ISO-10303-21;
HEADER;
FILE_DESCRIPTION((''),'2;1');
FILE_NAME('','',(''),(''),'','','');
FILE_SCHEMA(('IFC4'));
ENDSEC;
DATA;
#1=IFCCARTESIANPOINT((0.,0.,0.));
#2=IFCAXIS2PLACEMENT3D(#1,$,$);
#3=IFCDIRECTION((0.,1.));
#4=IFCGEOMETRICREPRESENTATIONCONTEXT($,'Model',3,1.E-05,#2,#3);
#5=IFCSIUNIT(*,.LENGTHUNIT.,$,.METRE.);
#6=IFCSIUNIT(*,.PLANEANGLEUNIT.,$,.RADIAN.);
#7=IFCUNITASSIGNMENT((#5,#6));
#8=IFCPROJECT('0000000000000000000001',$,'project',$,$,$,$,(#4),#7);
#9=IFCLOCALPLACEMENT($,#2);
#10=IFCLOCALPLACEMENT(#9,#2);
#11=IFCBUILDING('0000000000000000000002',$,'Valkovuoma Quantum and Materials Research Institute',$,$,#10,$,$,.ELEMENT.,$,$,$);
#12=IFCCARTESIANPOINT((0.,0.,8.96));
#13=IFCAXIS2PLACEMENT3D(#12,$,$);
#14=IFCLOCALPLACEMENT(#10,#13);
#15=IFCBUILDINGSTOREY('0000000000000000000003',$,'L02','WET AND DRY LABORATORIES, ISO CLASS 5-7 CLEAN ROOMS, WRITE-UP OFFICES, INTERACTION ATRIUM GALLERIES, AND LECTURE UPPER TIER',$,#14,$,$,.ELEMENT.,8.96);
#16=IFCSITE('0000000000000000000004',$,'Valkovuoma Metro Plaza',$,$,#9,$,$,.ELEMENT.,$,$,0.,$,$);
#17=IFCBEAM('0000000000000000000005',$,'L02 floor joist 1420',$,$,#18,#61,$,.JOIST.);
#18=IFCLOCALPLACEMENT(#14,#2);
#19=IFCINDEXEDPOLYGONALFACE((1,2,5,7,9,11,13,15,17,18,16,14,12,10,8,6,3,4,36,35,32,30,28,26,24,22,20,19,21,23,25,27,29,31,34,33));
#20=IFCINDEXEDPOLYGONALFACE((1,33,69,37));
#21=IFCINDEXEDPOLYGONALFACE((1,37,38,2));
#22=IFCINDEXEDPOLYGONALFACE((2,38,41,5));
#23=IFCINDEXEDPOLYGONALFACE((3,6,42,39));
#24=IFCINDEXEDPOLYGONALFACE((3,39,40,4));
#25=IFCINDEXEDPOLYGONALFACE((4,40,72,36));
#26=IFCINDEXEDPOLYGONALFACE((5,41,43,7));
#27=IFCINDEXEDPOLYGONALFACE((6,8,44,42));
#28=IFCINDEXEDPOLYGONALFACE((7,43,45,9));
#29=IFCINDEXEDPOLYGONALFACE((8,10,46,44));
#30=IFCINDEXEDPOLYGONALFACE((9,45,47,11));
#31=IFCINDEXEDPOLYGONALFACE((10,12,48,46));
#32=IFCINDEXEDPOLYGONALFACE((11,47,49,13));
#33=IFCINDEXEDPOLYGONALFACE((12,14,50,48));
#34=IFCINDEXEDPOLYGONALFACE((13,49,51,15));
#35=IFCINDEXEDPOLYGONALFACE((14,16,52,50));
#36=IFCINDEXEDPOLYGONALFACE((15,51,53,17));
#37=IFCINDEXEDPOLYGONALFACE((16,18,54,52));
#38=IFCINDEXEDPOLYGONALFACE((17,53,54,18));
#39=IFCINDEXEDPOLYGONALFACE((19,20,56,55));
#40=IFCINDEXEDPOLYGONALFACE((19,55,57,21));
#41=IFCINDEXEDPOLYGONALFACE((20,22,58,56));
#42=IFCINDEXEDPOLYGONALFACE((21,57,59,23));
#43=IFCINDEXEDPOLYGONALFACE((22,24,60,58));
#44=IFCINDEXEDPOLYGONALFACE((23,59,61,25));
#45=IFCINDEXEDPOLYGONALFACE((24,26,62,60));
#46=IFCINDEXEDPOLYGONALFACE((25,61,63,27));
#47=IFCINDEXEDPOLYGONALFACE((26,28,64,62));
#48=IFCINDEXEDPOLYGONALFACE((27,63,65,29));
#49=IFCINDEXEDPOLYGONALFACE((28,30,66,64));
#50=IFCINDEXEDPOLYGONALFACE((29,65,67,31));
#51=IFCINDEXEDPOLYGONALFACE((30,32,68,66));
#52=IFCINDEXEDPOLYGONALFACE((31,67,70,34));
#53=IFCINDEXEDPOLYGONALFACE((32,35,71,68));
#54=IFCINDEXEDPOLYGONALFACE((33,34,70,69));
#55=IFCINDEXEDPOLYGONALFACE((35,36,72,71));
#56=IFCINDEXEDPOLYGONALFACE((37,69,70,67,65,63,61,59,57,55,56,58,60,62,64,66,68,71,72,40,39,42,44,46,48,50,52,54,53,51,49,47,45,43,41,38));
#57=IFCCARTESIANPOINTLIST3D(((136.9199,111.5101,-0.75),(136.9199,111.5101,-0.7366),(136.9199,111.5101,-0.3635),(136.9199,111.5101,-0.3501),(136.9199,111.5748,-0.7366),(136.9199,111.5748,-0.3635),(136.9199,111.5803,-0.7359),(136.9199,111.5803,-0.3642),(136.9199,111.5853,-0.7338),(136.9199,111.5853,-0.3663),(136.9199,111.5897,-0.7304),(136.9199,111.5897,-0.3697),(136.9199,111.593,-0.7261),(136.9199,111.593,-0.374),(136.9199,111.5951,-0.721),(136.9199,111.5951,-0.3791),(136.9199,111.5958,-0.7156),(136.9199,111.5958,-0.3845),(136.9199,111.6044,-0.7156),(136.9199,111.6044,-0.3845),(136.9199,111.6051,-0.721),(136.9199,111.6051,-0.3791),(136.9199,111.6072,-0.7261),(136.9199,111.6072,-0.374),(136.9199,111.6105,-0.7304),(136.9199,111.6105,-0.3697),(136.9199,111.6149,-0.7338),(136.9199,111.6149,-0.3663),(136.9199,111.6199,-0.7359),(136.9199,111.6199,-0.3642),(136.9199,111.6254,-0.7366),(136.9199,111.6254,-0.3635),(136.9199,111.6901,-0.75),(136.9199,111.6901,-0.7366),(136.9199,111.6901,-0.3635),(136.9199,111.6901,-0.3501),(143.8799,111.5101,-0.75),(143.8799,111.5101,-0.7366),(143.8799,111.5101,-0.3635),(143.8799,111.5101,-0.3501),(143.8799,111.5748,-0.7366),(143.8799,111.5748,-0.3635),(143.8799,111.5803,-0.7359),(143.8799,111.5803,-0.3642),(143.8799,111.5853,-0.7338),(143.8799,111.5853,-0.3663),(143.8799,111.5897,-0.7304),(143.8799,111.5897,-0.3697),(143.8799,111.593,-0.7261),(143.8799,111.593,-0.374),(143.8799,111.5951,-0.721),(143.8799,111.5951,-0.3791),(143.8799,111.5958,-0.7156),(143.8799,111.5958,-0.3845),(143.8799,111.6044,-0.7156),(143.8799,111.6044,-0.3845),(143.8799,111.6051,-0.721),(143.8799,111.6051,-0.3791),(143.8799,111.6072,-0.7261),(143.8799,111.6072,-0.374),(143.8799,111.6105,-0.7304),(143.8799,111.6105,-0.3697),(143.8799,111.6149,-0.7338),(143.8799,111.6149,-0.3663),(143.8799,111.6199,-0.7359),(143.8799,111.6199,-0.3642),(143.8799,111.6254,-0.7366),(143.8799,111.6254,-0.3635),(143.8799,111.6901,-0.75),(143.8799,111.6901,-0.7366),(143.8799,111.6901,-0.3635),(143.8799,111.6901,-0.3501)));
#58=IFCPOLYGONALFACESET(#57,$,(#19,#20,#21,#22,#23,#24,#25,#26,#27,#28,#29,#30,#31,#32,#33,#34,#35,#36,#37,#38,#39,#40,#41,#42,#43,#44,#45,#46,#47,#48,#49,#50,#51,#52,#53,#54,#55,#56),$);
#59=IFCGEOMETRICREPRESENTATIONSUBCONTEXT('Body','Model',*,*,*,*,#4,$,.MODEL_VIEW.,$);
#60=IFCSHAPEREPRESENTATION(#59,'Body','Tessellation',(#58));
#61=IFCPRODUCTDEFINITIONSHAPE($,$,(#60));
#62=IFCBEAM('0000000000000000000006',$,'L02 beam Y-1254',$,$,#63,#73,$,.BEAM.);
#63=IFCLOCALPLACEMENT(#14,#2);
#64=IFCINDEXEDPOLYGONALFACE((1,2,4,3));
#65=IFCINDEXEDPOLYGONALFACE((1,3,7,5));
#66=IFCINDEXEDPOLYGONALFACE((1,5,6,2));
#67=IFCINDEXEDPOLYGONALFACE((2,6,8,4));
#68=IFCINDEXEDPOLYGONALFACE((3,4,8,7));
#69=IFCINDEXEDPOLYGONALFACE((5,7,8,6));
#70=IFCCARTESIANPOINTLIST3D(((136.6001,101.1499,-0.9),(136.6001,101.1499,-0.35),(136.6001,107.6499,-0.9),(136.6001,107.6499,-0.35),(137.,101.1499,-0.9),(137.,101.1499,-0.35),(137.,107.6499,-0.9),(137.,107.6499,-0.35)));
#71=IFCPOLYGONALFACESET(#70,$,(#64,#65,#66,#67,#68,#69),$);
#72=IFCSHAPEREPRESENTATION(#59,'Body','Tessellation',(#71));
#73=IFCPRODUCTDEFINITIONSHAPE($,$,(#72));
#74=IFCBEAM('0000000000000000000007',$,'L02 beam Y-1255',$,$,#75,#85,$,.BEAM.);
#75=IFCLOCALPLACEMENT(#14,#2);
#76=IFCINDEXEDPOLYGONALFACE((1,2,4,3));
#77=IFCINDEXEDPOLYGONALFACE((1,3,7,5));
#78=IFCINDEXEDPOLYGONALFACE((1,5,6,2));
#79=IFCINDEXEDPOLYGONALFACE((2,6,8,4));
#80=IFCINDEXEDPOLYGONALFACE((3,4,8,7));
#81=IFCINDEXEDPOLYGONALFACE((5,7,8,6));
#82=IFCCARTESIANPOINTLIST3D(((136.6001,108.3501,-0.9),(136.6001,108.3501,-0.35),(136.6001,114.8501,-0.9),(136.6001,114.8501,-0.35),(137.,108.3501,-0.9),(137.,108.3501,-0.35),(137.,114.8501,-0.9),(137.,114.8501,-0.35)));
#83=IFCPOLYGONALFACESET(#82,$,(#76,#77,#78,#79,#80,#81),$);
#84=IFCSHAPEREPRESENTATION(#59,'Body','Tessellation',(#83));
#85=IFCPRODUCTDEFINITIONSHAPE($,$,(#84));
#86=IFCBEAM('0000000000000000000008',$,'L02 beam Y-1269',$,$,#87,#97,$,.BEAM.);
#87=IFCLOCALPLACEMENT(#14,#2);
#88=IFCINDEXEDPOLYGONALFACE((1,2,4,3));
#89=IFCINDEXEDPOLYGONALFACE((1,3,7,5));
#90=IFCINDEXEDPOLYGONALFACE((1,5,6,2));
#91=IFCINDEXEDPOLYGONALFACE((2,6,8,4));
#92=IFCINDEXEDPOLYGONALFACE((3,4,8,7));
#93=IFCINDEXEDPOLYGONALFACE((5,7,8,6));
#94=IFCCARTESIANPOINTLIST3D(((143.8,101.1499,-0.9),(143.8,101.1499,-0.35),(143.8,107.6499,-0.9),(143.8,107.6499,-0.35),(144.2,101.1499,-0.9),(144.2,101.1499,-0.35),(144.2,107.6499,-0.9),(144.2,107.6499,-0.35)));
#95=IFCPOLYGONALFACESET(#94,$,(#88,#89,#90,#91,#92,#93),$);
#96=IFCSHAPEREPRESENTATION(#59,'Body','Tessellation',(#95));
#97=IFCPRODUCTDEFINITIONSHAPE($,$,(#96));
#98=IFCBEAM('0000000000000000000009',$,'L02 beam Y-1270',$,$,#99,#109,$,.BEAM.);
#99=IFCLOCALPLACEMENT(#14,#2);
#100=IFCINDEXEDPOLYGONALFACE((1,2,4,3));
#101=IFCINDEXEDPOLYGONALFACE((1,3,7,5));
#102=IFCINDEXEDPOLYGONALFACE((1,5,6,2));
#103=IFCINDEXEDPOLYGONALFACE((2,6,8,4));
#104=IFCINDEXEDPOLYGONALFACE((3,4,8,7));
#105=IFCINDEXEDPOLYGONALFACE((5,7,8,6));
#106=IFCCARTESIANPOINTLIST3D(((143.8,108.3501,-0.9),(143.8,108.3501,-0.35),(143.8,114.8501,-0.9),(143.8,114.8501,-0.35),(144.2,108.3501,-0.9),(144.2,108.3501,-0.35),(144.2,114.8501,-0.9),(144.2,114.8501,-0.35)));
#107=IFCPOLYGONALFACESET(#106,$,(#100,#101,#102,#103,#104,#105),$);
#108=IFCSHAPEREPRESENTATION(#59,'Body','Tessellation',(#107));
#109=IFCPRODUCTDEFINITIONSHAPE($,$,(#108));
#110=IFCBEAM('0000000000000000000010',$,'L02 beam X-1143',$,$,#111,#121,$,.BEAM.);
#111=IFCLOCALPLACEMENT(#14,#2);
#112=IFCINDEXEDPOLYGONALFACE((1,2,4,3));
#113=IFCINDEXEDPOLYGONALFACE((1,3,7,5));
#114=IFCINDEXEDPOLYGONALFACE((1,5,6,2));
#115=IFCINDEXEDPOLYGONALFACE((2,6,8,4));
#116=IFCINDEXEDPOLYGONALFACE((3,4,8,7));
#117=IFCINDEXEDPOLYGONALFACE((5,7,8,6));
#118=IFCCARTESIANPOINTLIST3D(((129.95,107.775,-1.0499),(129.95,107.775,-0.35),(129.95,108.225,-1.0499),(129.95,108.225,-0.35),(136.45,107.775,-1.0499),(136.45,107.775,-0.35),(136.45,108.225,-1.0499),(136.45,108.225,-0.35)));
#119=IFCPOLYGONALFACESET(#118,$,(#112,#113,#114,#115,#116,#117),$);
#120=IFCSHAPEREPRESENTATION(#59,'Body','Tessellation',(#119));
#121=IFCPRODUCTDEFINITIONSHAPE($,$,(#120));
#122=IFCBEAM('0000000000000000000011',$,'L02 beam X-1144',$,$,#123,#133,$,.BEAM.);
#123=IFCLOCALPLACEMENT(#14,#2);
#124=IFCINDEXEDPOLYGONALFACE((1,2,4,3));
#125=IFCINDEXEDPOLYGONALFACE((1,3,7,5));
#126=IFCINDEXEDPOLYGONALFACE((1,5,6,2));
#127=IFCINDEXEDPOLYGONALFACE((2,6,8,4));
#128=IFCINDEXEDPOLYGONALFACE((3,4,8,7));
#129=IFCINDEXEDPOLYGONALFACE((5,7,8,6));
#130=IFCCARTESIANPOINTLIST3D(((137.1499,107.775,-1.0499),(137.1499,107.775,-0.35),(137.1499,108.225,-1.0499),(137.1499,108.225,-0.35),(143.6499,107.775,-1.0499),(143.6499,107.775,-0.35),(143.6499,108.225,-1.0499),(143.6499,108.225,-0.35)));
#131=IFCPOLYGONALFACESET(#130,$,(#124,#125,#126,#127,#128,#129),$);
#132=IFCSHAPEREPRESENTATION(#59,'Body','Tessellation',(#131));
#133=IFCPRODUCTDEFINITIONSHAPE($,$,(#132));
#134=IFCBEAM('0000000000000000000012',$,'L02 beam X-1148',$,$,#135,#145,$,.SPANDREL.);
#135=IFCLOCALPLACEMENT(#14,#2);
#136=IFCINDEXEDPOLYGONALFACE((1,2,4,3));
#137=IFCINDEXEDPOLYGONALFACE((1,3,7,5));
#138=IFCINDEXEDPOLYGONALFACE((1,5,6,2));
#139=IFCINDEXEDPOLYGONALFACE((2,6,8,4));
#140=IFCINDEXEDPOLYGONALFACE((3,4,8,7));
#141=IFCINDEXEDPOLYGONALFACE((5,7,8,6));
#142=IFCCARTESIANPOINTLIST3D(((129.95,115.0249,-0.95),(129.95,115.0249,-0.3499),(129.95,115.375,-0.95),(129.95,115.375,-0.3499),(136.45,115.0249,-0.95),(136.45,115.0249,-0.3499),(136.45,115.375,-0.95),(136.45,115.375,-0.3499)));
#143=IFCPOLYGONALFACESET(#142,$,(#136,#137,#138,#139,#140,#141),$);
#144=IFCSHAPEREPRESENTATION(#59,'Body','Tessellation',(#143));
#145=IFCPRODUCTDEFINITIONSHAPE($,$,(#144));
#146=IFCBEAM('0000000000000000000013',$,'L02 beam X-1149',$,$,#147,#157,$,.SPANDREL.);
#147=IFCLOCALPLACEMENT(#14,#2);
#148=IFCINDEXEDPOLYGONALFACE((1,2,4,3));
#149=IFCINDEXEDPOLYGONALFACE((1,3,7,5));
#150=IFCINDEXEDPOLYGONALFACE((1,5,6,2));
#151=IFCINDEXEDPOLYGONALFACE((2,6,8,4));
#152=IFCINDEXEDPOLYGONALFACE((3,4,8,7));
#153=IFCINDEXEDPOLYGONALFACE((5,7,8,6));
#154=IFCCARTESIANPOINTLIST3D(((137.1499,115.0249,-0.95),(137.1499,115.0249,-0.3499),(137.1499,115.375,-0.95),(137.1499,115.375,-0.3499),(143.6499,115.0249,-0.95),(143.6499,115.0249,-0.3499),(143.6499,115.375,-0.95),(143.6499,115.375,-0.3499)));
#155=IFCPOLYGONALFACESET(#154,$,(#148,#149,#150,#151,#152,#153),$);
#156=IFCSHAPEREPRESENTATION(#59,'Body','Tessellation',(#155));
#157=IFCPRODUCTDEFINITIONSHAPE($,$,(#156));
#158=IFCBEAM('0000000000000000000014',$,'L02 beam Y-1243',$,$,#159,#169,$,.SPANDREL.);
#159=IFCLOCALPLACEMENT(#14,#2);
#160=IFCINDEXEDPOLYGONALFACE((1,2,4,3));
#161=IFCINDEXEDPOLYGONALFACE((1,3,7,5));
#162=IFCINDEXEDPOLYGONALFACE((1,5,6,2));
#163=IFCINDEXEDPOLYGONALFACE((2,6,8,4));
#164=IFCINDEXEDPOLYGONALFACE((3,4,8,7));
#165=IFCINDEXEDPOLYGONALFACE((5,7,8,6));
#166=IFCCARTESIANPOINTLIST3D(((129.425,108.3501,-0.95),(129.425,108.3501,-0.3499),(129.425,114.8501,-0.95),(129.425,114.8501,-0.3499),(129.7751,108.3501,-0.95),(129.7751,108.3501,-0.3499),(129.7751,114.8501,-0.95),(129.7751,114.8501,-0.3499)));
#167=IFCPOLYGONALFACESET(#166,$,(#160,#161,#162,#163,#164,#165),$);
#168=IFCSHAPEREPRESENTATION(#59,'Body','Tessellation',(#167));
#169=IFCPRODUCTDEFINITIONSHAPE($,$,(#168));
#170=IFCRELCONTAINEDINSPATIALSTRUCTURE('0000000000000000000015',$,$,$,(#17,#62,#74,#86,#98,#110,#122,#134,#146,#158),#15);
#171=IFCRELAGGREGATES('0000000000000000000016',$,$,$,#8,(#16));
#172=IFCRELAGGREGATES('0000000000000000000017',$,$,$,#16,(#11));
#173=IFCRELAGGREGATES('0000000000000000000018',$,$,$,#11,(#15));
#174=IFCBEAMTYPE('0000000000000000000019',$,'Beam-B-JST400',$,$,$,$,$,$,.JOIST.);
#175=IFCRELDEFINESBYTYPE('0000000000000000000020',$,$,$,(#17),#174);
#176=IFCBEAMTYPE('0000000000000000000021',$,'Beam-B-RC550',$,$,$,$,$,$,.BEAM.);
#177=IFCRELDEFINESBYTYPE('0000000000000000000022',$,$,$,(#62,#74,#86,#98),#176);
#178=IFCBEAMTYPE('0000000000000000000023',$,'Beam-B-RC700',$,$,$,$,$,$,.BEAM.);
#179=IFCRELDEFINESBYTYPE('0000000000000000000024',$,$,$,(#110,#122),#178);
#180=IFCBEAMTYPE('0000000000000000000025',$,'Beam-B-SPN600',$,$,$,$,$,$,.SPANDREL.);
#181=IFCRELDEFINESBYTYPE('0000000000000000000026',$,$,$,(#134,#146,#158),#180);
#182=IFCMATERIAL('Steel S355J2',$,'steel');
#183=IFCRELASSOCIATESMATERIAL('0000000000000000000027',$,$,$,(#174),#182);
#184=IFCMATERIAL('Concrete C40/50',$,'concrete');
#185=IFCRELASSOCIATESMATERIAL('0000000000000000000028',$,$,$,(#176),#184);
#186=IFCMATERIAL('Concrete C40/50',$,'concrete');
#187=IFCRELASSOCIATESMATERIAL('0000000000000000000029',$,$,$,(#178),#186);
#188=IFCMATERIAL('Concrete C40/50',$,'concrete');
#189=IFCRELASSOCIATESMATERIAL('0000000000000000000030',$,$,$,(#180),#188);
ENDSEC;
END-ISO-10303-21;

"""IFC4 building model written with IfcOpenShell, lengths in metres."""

from ifc_helpers import new_model, si_unit, direction, frame, origin, origin_2d, place, context, subcontext, project, spatial, rectangle, i_section, extrude, material, material_profile, profile_set, type_object, element, save


model = new_model("IFC4")

# Units and contexts
model_context = context("Model", 3, precision=1e-05, world=origin(), true_north=direction((0.0, 1.0)))
body_context = subcontext(model_context, "Body", "Model", "MODEL_VIEW")
ifc_project = project(units=[si_unit("LENGTHUNIT", "METRE"), si_unit("PLANEANGLEUNIT", "RADIAN")], contexts=[model_context])

# Site, building, storey
site_placement = place(None, origin())
site = spatial("IfcSite", under=ifc_project, at=site_placement, Name="Valkovuoma Metro Plaza", CompositionType="ELEMENT", RefElevation=0.0)
building_placement = place(site_placement, origin())
building = spatial("IfcBuilding", under=site, at=building_placement, Name="Valkovuoma Quantum and Materials Research Institute", CompositionType="ELEMENT")
storey_placement = place(building_placement, frame((0.0, 0.0, 8.96)))
storey = spatial("IfcBuildingStorey", under=building, at=storey_placement, Name="L02", Description="WET AND DRY LABORATORIES, ISO CLASS 5-7 CLEAN ROOMS, WRITE-UP OFFICES, INTERACTION ATRIUM GALLERIES, AND LECTURE UPPER TIER", CompositionType="ELEMENT", Elevation=8.96)

# Beams
ifc_material_1 = material(Name="Steel S355J2", Category="steel")
ifc_material_profile_1 = material_profile(ifc_material_1, i_section(OverallWidth=0.1799, OverallDepth=0.3999, WebThickness=0.0085, FlangeThickness=0.0134, FilletRadius=0.021, at=origin_2d()), Name="Steel S355J2")
ifc_profile_set_1 = profile_set([ifc_material_profile_1], Name="Steel S355J2")
beam_type_1 = type_object("IfcBeamType", Name="Beam-B-JST400", PredefinedType="JOIST", material=ifc_profile_set_1)
for number, where, z_axis, x_axis, name in (
    (1, (136.9199, 111.6001, -0.55), (1.0, 0.0, 0.0), (0.0, 1.0, 0.0), "L02 floor joist 1420"),
):
    element("IfcBeam", number, at=place(storey_placement, frame(where, z_axis=z_axis, x_axis=x_axis)), inside=storey, type_object=beam_type_1, Name=name, PredefinedType="JOIST", context=body_context, shape_type="SweptSolid", body=[
        extrude(i_section(OverallWidth=0.1799, OverallDepth=0.3999, WebThickness=0.0085, FlangeThickness=0.0134, FilletRadius=0.021, at=origin_2d()), origin(), (0.0, 0.0, 1.0), 6.96),
    ])
ifc_material_2 = material(Name="Concrete C40/50", Category="concrete")
ifc_material_profile_2 = material_profile(ifc_material_2, rectangle(XDim=0.3999, YDim=0.55, at=origin_2d()), Name="Concrete C40/50")
ifc_profile_set_2 = profile_set([ifc_material_profile_2], Name="Concrete C40/50")
beam_type_2 = type_object("IfcBeamType", Name="Beam-B-RC550", PredefinedType="BEAM", material=ifc_profile_set_2)
for number, where, z_axis, x_axis, name in (
    (2, (136.8, 101.1499, -0.625), (0.0, 1.0, 0.0), (-1.0, 0.0, 0.0), "L02 beam Y-1254"),
    (3, (136.8, 108.3501, -0.625), (0.0, 1.0, 0.0), (-1.0, 0.0, 0.0), "L02 beam Y-1255"),
    (4, (144.0, 101.1499, -0.625), (0.0, 1.0, 0.0), (-1.0, 0.0, 0.0), "L02 beam Y-1269"),
    (5, (144.0, 108.3501, -0.625), (0.0, 1.0, 0.0), (-1.0, 0.0, 0.0), "L02 beam Y-1270"),
):
    element("IfcBeam", number, at=place(storey_placement, frame(where, z_axis=z_axis, x_axis=x_axis)), inside=storey, type_object=beam_type_2, Name=name, PredefinedType="BEAM", context=body_context, shape_type="SweptSolid", body=[
        extrude(rectangle(XDim=0.3999, YDim=0.55, at=origin_2d()), origin(), (0.0, 0.0, 1.0), 6.5),
    ])
ifc_material_3 = material(Name="Concrete C40/50", Category="concrete")
ifc_material_profile_3 = material_profile(ifc_material_3, rectangle(XDim=0.45, YDim=0.7, at=origin_2d()), Name="Concrete C40/50")
ifc_profile_set_3 = profile_set([ifc_material_profile_3], Name="Concrete C40/50")
beam_type_3 = type_object("IfcBeamType", Name="Beam-B-RC700", PredefinedType="BEAM", material=ifc_profile_set_3)
for number, where, z_axis, x_axis, name in (
    (6, (129.95, 108.0, -0.7), (1.0, 0.0, 0.0), (0.0, 1.0, 0.0), "L02 beam X-1143"),
    (7, (137.1499, 108.0, -0.7), (1.0, 0.0, 0.0), (0.0, 1.0, 0.0), "L02 beam X-1144"),
):
    element("IfcBeam", number, at=place(storey_placement, frame(where, z_axis=z_axis, x_axis=x_axis)), inside=storey, type_object=beam_type_3, Name=name, PredefinedType="BEAM", context=body_context, shape_type="SweptSolid", body=[
        extrude(rectangle(XDim=0.45, YDim=0.7, at=origin_2d()), origin(), (0.0, 0.0, 1.0), 6.5),
    ])
ifc_material_4 = material(Name="Concrete C40/50", Category="concrete")
ifc_material_profile_4 = material_profile(ifc_material_4, rectangle(XDim=0.3501, YDim=0.6001, at=origin_2d()), Name="Concrete C40/50")
ifc_profile_set_4 = profile_set([ifc_material_profile_4], Name="Concrete C40/50")
beam_type_4 = type_object("IfcBeamType", Name="Beam-B-SPN600", PredefinedType="SPANDREL", material=ifc_profile_set_4)
for number, where, z_axis, x_axis, name in (
    (8, (129.95, 115.2, -0.6499), (1.0, 0.0, 0.0), (0.0, 1.0, 0.0), "L02 beam X-1148"),
    (9, (137.1499, 115.2, -0.6499), (1.0, 0.0, 0.0), (0.0, 1.0, 0.0), "L02 beam X-1149"),
    (10, (129.6001, 108.3501, -0.6499), (0.0, 1.0, 0.0), (-1.0, 0.0, 0.0), "L02 beam Y-1243"),
):
    element("IfcBeam", number, at=place(storey_placement, frame(where, z_axis=z_axis, x_axis=x_axis)), inside=storey, type_object=beam_type_4, Name=name, PredefinedType="SPANDREL", context=body_context, shape_type="SweptSolid", body=[
        extrude(rectangle(XDim=0.3501, YDim=0.6001, at=origin_2d()), origin(), (0.0, 0.0, 1.0), 6.5),
    ])

save(model, "model.ifc")
